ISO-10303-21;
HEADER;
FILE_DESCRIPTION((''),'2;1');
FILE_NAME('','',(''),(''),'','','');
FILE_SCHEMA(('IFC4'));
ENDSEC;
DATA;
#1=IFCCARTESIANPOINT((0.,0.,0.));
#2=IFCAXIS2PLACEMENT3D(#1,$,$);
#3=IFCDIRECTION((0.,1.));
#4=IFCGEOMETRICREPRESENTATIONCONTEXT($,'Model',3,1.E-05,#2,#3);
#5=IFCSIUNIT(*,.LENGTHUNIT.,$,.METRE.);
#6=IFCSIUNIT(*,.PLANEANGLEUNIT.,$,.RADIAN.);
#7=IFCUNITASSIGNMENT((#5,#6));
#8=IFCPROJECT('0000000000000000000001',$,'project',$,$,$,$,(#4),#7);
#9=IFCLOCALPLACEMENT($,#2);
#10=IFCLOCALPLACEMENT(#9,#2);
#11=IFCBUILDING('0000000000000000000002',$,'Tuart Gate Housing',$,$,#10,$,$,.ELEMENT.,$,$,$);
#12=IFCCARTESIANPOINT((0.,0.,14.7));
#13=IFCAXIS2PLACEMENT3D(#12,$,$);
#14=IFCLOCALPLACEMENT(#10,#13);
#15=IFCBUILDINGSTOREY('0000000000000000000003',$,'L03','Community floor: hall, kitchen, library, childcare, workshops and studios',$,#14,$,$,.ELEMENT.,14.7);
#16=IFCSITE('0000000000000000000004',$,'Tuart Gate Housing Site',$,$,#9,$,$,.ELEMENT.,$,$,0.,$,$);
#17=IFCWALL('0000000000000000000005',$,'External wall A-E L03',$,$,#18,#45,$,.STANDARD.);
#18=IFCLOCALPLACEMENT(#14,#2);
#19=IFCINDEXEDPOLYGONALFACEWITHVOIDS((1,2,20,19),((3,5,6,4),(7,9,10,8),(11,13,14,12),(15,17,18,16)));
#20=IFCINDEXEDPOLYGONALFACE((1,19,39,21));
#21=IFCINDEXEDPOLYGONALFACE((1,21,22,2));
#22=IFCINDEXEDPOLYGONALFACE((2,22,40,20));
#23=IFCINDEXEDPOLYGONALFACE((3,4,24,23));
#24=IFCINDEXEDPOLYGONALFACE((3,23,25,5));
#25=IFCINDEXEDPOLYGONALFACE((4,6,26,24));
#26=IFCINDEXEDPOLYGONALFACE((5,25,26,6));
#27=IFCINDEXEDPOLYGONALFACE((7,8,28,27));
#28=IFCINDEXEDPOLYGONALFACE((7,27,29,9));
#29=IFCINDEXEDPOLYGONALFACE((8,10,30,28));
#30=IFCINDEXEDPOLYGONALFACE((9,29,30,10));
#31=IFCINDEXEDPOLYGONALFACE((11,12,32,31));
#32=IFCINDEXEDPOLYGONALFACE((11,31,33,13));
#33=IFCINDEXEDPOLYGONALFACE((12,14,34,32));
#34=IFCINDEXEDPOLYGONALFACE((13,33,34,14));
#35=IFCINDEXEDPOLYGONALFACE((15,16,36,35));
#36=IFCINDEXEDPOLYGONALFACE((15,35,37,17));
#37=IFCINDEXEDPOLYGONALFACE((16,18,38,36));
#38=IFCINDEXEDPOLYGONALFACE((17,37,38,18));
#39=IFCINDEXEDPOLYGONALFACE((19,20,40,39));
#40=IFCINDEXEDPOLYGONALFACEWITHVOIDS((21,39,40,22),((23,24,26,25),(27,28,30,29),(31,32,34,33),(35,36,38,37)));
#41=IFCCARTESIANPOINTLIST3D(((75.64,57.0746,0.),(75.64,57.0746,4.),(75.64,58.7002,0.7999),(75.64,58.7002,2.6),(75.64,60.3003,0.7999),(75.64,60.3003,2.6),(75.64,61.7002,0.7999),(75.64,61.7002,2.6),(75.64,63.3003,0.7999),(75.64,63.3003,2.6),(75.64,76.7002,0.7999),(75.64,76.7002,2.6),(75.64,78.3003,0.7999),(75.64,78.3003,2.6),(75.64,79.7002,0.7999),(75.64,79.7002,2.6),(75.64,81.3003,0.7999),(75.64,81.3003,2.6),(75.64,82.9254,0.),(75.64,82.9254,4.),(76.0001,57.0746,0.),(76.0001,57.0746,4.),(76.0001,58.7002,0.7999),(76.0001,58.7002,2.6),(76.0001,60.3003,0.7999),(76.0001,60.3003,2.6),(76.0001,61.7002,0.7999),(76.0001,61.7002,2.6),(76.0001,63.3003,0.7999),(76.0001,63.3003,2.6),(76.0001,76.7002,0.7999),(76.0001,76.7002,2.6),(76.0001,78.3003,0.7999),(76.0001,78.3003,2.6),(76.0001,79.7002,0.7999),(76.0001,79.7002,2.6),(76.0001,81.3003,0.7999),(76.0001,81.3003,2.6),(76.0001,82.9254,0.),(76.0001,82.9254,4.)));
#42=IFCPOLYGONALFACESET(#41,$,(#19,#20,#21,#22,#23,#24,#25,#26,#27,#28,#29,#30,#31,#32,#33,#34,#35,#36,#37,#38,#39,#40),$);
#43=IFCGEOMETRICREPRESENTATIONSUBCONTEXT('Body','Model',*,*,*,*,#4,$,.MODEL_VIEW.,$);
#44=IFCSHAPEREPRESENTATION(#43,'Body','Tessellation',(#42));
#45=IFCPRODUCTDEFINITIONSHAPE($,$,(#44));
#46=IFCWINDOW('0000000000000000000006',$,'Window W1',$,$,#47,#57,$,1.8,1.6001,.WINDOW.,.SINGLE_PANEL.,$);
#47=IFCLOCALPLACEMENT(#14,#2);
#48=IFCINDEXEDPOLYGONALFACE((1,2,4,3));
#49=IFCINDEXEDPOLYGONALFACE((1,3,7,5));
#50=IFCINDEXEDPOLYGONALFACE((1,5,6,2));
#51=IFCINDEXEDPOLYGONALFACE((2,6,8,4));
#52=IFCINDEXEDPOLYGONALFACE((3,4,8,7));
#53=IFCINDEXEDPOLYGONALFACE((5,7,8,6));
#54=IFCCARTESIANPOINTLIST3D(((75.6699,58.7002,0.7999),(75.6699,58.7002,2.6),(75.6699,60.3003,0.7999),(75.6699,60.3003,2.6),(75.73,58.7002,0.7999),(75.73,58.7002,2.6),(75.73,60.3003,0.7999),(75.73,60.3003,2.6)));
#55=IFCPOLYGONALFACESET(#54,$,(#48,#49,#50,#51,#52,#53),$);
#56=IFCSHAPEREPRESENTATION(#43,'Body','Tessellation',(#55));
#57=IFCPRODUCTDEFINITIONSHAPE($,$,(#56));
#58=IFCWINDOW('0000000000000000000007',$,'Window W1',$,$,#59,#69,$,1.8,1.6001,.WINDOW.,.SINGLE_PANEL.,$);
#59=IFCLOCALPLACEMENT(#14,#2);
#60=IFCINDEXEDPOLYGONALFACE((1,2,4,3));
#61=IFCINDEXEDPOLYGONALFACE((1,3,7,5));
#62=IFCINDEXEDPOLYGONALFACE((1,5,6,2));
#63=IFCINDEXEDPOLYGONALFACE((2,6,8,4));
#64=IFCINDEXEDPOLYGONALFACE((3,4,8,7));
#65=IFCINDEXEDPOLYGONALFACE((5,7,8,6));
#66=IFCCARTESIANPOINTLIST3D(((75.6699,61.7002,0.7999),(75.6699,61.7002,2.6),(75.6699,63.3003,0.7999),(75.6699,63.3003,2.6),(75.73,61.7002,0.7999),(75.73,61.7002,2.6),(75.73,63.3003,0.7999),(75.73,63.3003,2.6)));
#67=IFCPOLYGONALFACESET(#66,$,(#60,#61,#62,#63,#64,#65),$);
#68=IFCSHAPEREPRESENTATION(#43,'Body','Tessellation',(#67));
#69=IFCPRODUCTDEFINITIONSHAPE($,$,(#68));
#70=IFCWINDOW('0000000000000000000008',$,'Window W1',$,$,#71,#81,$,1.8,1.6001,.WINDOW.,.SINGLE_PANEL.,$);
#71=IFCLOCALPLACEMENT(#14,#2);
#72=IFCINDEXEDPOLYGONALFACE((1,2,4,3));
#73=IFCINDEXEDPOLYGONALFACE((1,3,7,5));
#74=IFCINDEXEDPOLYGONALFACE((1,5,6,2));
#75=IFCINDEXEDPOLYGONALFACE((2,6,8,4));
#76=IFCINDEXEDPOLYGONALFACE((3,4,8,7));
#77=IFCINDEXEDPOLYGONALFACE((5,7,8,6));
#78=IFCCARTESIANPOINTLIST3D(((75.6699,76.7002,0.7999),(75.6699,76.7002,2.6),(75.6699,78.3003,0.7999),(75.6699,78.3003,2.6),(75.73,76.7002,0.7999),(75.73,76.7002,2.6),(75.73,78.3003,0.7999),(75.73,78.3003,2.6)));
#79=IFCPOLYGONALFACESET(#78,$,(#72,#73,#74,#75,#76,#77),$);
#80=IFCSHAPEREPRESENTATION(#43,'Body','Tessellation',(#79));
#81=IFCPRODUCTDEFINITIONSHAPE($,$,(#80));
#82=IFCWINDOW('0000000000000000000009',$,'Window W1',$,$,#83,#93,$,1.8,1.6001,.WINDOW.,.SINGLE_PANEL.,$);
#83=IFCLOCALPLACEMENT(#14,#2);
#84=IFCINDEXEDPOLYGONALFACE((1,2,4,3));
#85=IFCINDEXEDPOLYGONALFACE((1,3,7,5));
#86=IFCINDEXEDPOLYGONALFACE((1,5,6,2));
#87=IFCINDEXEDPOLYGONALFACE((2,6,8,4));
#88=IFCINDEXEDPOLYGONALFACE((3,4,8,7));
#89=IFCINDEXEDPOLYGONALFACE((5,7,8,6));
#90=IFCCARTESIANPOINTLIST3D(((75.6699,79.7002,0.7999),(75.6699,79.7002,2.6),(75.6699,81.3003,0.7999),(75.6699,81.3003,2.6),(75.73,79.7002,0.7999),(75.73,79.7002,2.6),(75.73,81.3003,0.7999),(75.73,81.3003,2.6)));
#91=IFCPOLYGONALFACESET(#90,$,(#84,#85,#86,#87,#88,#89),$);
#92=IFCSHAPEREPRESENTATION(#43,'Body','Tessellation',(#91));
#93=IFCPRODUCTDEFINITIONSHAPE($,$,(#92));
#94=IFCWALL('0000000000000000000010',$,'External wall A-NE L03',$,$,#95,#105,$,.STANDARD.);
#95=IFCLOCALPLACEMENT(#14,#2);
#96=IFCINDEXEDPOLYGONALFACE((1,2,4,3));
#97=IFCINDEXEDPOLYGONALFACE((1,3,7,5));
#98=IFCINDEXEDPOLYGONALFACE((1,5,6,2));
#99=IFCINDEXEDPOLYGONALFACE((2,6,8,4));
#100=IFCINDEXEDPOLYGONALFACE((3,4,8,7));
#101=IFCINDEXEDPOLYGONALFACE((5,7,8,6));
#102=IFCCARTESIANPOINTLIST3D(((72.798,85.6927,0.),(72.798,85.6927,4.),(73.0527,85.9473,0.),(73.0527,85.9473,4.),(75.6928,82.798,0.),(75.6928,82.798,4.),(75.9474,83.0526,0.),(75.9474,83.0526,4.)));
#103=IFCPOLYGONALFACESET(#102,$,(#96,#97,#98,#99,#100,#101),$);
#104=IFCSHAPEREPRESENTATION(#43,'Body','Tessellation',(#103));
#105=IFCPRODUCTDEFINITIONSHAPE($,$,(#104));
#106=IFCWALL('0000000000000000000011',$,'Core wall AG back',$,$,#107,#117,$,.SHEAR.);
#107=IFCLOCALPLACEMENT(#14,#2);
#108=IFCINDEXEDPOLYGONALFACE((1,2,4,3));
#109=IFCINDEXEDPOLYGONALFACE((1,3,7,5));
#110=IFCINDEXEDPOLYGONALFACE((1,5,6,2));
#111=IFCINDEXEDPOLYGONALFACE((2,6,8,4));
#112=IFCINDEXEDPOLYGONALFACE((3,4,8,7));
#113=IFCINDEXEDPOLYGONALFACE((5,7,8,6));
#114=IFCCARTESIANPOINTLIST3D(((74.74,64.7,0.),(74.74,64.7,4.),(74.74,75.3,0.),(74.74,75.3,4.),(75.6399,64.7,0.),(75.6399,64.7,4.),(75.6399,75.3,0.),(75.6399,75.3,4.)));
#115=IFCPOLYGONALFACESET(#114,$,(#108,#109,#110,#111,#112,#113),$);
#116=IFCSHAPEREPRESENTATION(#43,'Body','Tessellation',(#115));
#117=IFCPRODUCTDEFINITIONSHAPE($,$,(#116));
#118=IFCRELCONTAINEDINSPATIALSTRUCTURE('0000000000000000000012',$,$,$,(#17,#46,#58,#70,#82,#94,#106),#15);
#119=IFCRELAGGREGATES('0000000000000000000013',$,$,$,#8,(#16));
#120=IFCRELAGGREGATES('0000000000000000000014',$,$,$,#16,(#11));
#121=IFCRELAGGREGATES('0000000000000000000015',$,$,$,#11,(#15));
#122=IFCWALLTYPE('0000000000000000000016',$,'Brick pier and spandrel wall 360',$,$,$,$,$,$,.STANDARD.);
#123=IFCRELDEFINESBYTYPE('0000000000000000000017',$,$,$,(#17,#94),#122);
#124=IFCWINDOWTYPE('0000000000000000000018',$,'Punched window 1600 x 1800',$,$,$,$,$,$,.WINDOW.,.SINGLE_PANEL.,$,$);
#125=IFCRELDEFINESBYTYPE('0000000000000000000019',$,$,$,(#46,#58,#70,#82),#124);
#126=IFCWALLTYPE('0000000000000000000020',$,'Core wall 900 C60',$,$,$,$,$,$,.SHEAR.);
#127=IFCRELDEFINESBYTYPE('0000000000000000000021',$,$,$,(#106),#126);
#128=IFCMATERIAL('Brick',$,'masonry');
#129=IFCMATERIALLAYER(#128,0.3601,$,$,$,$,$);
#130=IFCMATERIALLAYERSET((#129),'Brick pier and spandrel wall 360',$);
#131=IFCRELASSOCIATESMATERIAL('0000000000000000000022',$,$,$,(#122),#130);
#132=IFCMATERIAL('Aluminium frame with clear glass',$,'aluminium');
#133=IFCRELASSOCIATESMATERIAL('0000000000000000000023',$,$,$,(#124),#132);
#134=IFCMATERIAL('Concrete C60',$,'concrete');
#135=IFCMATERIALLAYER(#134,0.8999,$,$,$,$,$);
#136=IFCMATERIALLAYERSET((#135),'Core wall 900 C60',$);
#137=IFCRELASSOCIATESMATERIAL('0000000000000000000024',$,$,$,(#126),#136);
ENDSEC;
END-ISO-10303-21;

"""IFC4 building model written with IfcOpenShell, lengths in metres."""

from ifc_helpers import new_model, si_unit, direction, frame, frame_2d, origin, place, context, subcontext, project, spatial, rectangle, extrude, material, layer, layer_set, type_object, element, fill, save


model = new_model("IFC4")

# Units and contexts
model_context = context("Model", 3, precision=1e-05, world=origin(), true_north=direction((0.0, 1.0)))
body_context = subcontext(model_context, "Body", "Model", "MODEL_VIEW")
ifc_project = project(units=[si_unit("LENGTHUNIT", "METRE"), si_unit("PLANEANGLEUNIT", "RADIAN")], contexts=[model_context])

# Site, building, storey
site_placement = place(None, origin())
site = spatial("IfcSite", under=ifc_project, at=site_placement, Name="Tuart Gate Housing Site", CompositionType="ELEMENT", RefElevation=0.0)
building_placement = place(site_placement, origin())
building = spatial("IfcBuilding", under=site, at=building_placement, Name="Tuart Gate Housing", CompositionType="ELEMENT")
storey_placement = place(building_placement, frame((0.0, 0.0, 14.7)))
storey = spatial("IfcBuildingStorey", under=building, at=storey_placement, Name="L03", Description="Community floor: hall, kitchen, library, childcare, workshops and studios", CompositionType="ELEMENT", Elevation=14.7)

# Wall, openings, windows
ifc_material_1 = material(Name="Brick", Category="masonry")
ifc_layer_1 = layer(ifc_material_1, 0.3601)
ifc_layer_set_1 = layer_set([ifc_layer_1], Name="Brick pier and spandrel wall 360")
wall_type_1 = type_object("IfcWallType", Name="Brick pier and spandrel wall 360", PredefinedType="STANDARD", material=ifc_layer_set_1)
wall_1_placement = place(storey_placement, frame((75.8201, 57.0747, 0.0), z_axis=(0.0, 0.0, 1.0), x_axis=(0.0, 1.0, 0.0)))
wall_1 = element("IfcWall", 1, at=wall_1_placement, inside=storey, type_object=wall_type_1, Name="External wall A-E L03", PredefinedType="STANDARD", context=body_context, shape_type="SweptSolid", body=[
    extrude(rectangle(XDim=25.8508, YDim=0.3601, at=frame_2d((12.9253, 0.0))), origin(), (0.0, 0.0, 1.0), 4.0),
])
opening_1_placement = place(wall_1_placement, frame((1.6255, 0.0, 0.8)))
opening_1 = element("IfcOpeningElement", 2, at=opening_1_placement, cuts=wall_1, PredefinedType="OPENING", context=body_context, shape_type="SweptSolid", body=[
    extrude(rectangle(XDim=1.6001, YDim=1.8, at=frame_2d((0.8, 0.8999))), frame((0.0, 0.1899, 0.0), z_axis=(0.0, -1.0, 0.0), x_axis=(1.0, 0.0, 0.0)), (0.0, 0.0, 1.0), 0.3801),
])
opening_2_placement = place(wall_1_placement, frame((4.6255, 0.0, 0.8)))
opening_2 = element("IfcOpeningElement", 3, at=opening_2_placement, cuts=wall_1, PredefinedType="OPENING", context=body_context, shape_type="SweptSolid", body=[
    extrude(rectangle(XDim=1.6001, YDim=1.8, at=frame_2d((0.8, 0.8999))), frame((0.0, 0.1899, 0.0), z_axis=(0.0, -1.0, 0.0), x_axis=(1.0, 0.0, 0.0)), (0.0, 0.0, 1.0), 0.3801),
])
opening_3_placement = place(wall_1_placement, frame((19.6255, 0.0, 0.8)))
opening_3 = element("IfcOpeningElement", 4, at=opening_3_placement, cuts=wall_1, PredefinedType="OPENING", context=body_context, shape_type="SweptSolid", body=[
    extrude(rectangle(XDim=1.6001, YDim=1.8, at=frame_2d((0.8, 0.8999))), frame((0.0, 0.1899, 0.0), z_axis=(0.0, -1.0, 0.0), x_axis=(1.0, 0.0, 0.0)), (0.0, 0.0, 1.0), 0.3801),
])
opening_4_placement = place(wall_1_placement, frame((22.6255, 0.0, 0.8)))
opening_4 = element("IfcOpeningElement", 5, at=opening_4_placement, cuts=wall_1, PredefinedType="OPENING", context=body_context, shape_type="SweptSolid", body=[
    extrude(rectangle(XDim=1.6001, YDim=1.8, at=frame_2d((0.8, 0.8999))), frame((0.0, 0.1899, 0.0), z_axis=(0.0, -1.0, 0.0), x_axis=(1.0, 0.0, 0.0)), (0.0, 0.0, 1.0), 0.3801),
])
ifc_material_2 = material(Name="Aluminium frame with clear glass", Category="aluminium")
window_type = type_object("IfcWindowType", Name="Punched window 1600 x 1800", PartitioningType="SINGLE_PANEL", PredefinedType="WINDOW", material=ifc_material_2)
window_1_placement = place(opening_1_placement, origin())
window_1 = element("IfcWindow", 6, at=window_1_placement, inside=storey, type_object=window_type, Name="Window W1", OverallHeight=1.8, OverallWidth=1.6001, PartitioningType="SINGLE_PANEL", PredefinedType="WINDOW", context=body_context, shape_type="SweptSolid", body=[
    extrude(rectangle(XDim=1.6001, YDim=1.8, at=frame_2d((0.8, 0.8999))), frame((0.0, 0.1501, 0.0), z_axis=(0.0, -1.0, 0.0), x_axis=(1.0, 0.0, 0.0)), (0.0, 0.0, 1.0), 0.0601),
])
fill(opening_1, window_1)
window_2_placement = place(opening_2_placement, origin())
window_2 = element("IfcWindow", 7, at=window_2_placement, inside=storey, type_object=window_type, Name="Window W1", OverallHeight=1.8, OverallWidth=1.6001, PartitioningType="SINGLE_PANEL", PredefinedType="WINDOW", context=body_context, shape_type="SweptSolid", body=[
    extrude(rectangle(XDim=1.6001, YDim=1.8, at=frame_2d((0.8, 0.8999))), frame((0.0, 0.1501, 0.0), z_axis=(0.0, -1.0, 0.0), x_axis=(1.0, 0.0, 0.0)), (0.0, 0.0, 1.0), 0.0601),
])
fill(opening_2, window_2)
window_3_placement = place(opening_3_placement, origin())
window_3 = element("IfcWindow", 8, at=window_3_placement, inside=storey, type_object=window_type, Name="Window W1", OverallHeight=1.8, OverallWidth=1.6001, PartitioningType="SINGLE_PANEL", PredefinedType="WINDOW", context=body_context, shape_type="SweptSolid", body=[
    extrude(rectangle(XDim=1.6001, YDim=1.8, at=frame_2d((0.8, 0.8999))), frame((0.0, 0.1501, 0.0), z_axis=(0.0, -1.0, 0.0), x_axis=(1.0, 0.0, 0.0)), (0.0, 0.0, 1.0), 0.0601),
])
fill(opening_3, window_3)
window_4_placement = place(opening_4_placement, origin())
window_4 = element("IfcWindow", 9, at=window_4_placement, inside=storey, type_object=window_type, Name="Window W1", OverallHeight=1.8, OverallWidth=1.6001, PartitioningType="SINGLE_PANEL", PredefinedType="WINDOW", context=body_context, shape_type="SweptSolid", body=[
    extrude(rectangle(XDim=1.6001, YDim=1.8, at=frame_2d((0.8, 0.8999))), frame((0.0, 0.1501, 0.0), z_axis=(0.0, -1.0, 0.0), x_axis=(1.0, 0.0, 0.0)), (0.0, 0.0, 1.0), 0.0601),
])
fill(opening_4, window_4)

# Walls
wall_2_placement = place(storey_placement, frame((75.8201, 82.9253, 0.0), z_axis=(0.0, 0.0, 1.0), x_axis=(-0.707107, 0.707107, 0.0)))
element("IfcWall", 10, at=wall_2_placement, inside=storey, type_object=wall_type_1, Name="External wall A-NE L03", PredefinedType="STANDARD", context=body_context, shape_type="SweptSolid", body=[
    extrude(rectangle(XDim=4.0938, YDim=0.3601, at=frame_2d((2.0469, 0.0))), origin(), (0.0, 0.0, 1.0), 4.0),
])
ifc_material_3 = material(Name="Concrete C60", Category="concrete")
ifc_layer_2 = layer(ifc_material_3, 0.8999)
ifc_layer_set_2 = layer_set([ifc_layer_2], Name="Core wall 900 C60")
wall_type_2 = type_object("IfcWallType", Name="Core wall 900 C60", PredefinedType="SHEAR", material=ifc_layer_set_2)
wall_3_placement = place(storey_placement, frame((75.1899, 64.7, 0.0), z_axis=(0.0, 0.0, 1.0), x_axis=(0.0, 1.0, 0.0)))
element("IfcWall", 11, at=wall_3_placement, inside=storey, type_object=wall_type_2, Name="Core wall AG back", PredefinedType="SHEAR", context=body_context, shape_type="SweptSolid", body=[
    extrude(rectangle(XDim=10.6001, YDim=0.8999, at=frame_2d((5.3, 0.0))), origin(), (0.0, 0.0, 1.0), 4.0),
])

save(model, "model.ifc")
